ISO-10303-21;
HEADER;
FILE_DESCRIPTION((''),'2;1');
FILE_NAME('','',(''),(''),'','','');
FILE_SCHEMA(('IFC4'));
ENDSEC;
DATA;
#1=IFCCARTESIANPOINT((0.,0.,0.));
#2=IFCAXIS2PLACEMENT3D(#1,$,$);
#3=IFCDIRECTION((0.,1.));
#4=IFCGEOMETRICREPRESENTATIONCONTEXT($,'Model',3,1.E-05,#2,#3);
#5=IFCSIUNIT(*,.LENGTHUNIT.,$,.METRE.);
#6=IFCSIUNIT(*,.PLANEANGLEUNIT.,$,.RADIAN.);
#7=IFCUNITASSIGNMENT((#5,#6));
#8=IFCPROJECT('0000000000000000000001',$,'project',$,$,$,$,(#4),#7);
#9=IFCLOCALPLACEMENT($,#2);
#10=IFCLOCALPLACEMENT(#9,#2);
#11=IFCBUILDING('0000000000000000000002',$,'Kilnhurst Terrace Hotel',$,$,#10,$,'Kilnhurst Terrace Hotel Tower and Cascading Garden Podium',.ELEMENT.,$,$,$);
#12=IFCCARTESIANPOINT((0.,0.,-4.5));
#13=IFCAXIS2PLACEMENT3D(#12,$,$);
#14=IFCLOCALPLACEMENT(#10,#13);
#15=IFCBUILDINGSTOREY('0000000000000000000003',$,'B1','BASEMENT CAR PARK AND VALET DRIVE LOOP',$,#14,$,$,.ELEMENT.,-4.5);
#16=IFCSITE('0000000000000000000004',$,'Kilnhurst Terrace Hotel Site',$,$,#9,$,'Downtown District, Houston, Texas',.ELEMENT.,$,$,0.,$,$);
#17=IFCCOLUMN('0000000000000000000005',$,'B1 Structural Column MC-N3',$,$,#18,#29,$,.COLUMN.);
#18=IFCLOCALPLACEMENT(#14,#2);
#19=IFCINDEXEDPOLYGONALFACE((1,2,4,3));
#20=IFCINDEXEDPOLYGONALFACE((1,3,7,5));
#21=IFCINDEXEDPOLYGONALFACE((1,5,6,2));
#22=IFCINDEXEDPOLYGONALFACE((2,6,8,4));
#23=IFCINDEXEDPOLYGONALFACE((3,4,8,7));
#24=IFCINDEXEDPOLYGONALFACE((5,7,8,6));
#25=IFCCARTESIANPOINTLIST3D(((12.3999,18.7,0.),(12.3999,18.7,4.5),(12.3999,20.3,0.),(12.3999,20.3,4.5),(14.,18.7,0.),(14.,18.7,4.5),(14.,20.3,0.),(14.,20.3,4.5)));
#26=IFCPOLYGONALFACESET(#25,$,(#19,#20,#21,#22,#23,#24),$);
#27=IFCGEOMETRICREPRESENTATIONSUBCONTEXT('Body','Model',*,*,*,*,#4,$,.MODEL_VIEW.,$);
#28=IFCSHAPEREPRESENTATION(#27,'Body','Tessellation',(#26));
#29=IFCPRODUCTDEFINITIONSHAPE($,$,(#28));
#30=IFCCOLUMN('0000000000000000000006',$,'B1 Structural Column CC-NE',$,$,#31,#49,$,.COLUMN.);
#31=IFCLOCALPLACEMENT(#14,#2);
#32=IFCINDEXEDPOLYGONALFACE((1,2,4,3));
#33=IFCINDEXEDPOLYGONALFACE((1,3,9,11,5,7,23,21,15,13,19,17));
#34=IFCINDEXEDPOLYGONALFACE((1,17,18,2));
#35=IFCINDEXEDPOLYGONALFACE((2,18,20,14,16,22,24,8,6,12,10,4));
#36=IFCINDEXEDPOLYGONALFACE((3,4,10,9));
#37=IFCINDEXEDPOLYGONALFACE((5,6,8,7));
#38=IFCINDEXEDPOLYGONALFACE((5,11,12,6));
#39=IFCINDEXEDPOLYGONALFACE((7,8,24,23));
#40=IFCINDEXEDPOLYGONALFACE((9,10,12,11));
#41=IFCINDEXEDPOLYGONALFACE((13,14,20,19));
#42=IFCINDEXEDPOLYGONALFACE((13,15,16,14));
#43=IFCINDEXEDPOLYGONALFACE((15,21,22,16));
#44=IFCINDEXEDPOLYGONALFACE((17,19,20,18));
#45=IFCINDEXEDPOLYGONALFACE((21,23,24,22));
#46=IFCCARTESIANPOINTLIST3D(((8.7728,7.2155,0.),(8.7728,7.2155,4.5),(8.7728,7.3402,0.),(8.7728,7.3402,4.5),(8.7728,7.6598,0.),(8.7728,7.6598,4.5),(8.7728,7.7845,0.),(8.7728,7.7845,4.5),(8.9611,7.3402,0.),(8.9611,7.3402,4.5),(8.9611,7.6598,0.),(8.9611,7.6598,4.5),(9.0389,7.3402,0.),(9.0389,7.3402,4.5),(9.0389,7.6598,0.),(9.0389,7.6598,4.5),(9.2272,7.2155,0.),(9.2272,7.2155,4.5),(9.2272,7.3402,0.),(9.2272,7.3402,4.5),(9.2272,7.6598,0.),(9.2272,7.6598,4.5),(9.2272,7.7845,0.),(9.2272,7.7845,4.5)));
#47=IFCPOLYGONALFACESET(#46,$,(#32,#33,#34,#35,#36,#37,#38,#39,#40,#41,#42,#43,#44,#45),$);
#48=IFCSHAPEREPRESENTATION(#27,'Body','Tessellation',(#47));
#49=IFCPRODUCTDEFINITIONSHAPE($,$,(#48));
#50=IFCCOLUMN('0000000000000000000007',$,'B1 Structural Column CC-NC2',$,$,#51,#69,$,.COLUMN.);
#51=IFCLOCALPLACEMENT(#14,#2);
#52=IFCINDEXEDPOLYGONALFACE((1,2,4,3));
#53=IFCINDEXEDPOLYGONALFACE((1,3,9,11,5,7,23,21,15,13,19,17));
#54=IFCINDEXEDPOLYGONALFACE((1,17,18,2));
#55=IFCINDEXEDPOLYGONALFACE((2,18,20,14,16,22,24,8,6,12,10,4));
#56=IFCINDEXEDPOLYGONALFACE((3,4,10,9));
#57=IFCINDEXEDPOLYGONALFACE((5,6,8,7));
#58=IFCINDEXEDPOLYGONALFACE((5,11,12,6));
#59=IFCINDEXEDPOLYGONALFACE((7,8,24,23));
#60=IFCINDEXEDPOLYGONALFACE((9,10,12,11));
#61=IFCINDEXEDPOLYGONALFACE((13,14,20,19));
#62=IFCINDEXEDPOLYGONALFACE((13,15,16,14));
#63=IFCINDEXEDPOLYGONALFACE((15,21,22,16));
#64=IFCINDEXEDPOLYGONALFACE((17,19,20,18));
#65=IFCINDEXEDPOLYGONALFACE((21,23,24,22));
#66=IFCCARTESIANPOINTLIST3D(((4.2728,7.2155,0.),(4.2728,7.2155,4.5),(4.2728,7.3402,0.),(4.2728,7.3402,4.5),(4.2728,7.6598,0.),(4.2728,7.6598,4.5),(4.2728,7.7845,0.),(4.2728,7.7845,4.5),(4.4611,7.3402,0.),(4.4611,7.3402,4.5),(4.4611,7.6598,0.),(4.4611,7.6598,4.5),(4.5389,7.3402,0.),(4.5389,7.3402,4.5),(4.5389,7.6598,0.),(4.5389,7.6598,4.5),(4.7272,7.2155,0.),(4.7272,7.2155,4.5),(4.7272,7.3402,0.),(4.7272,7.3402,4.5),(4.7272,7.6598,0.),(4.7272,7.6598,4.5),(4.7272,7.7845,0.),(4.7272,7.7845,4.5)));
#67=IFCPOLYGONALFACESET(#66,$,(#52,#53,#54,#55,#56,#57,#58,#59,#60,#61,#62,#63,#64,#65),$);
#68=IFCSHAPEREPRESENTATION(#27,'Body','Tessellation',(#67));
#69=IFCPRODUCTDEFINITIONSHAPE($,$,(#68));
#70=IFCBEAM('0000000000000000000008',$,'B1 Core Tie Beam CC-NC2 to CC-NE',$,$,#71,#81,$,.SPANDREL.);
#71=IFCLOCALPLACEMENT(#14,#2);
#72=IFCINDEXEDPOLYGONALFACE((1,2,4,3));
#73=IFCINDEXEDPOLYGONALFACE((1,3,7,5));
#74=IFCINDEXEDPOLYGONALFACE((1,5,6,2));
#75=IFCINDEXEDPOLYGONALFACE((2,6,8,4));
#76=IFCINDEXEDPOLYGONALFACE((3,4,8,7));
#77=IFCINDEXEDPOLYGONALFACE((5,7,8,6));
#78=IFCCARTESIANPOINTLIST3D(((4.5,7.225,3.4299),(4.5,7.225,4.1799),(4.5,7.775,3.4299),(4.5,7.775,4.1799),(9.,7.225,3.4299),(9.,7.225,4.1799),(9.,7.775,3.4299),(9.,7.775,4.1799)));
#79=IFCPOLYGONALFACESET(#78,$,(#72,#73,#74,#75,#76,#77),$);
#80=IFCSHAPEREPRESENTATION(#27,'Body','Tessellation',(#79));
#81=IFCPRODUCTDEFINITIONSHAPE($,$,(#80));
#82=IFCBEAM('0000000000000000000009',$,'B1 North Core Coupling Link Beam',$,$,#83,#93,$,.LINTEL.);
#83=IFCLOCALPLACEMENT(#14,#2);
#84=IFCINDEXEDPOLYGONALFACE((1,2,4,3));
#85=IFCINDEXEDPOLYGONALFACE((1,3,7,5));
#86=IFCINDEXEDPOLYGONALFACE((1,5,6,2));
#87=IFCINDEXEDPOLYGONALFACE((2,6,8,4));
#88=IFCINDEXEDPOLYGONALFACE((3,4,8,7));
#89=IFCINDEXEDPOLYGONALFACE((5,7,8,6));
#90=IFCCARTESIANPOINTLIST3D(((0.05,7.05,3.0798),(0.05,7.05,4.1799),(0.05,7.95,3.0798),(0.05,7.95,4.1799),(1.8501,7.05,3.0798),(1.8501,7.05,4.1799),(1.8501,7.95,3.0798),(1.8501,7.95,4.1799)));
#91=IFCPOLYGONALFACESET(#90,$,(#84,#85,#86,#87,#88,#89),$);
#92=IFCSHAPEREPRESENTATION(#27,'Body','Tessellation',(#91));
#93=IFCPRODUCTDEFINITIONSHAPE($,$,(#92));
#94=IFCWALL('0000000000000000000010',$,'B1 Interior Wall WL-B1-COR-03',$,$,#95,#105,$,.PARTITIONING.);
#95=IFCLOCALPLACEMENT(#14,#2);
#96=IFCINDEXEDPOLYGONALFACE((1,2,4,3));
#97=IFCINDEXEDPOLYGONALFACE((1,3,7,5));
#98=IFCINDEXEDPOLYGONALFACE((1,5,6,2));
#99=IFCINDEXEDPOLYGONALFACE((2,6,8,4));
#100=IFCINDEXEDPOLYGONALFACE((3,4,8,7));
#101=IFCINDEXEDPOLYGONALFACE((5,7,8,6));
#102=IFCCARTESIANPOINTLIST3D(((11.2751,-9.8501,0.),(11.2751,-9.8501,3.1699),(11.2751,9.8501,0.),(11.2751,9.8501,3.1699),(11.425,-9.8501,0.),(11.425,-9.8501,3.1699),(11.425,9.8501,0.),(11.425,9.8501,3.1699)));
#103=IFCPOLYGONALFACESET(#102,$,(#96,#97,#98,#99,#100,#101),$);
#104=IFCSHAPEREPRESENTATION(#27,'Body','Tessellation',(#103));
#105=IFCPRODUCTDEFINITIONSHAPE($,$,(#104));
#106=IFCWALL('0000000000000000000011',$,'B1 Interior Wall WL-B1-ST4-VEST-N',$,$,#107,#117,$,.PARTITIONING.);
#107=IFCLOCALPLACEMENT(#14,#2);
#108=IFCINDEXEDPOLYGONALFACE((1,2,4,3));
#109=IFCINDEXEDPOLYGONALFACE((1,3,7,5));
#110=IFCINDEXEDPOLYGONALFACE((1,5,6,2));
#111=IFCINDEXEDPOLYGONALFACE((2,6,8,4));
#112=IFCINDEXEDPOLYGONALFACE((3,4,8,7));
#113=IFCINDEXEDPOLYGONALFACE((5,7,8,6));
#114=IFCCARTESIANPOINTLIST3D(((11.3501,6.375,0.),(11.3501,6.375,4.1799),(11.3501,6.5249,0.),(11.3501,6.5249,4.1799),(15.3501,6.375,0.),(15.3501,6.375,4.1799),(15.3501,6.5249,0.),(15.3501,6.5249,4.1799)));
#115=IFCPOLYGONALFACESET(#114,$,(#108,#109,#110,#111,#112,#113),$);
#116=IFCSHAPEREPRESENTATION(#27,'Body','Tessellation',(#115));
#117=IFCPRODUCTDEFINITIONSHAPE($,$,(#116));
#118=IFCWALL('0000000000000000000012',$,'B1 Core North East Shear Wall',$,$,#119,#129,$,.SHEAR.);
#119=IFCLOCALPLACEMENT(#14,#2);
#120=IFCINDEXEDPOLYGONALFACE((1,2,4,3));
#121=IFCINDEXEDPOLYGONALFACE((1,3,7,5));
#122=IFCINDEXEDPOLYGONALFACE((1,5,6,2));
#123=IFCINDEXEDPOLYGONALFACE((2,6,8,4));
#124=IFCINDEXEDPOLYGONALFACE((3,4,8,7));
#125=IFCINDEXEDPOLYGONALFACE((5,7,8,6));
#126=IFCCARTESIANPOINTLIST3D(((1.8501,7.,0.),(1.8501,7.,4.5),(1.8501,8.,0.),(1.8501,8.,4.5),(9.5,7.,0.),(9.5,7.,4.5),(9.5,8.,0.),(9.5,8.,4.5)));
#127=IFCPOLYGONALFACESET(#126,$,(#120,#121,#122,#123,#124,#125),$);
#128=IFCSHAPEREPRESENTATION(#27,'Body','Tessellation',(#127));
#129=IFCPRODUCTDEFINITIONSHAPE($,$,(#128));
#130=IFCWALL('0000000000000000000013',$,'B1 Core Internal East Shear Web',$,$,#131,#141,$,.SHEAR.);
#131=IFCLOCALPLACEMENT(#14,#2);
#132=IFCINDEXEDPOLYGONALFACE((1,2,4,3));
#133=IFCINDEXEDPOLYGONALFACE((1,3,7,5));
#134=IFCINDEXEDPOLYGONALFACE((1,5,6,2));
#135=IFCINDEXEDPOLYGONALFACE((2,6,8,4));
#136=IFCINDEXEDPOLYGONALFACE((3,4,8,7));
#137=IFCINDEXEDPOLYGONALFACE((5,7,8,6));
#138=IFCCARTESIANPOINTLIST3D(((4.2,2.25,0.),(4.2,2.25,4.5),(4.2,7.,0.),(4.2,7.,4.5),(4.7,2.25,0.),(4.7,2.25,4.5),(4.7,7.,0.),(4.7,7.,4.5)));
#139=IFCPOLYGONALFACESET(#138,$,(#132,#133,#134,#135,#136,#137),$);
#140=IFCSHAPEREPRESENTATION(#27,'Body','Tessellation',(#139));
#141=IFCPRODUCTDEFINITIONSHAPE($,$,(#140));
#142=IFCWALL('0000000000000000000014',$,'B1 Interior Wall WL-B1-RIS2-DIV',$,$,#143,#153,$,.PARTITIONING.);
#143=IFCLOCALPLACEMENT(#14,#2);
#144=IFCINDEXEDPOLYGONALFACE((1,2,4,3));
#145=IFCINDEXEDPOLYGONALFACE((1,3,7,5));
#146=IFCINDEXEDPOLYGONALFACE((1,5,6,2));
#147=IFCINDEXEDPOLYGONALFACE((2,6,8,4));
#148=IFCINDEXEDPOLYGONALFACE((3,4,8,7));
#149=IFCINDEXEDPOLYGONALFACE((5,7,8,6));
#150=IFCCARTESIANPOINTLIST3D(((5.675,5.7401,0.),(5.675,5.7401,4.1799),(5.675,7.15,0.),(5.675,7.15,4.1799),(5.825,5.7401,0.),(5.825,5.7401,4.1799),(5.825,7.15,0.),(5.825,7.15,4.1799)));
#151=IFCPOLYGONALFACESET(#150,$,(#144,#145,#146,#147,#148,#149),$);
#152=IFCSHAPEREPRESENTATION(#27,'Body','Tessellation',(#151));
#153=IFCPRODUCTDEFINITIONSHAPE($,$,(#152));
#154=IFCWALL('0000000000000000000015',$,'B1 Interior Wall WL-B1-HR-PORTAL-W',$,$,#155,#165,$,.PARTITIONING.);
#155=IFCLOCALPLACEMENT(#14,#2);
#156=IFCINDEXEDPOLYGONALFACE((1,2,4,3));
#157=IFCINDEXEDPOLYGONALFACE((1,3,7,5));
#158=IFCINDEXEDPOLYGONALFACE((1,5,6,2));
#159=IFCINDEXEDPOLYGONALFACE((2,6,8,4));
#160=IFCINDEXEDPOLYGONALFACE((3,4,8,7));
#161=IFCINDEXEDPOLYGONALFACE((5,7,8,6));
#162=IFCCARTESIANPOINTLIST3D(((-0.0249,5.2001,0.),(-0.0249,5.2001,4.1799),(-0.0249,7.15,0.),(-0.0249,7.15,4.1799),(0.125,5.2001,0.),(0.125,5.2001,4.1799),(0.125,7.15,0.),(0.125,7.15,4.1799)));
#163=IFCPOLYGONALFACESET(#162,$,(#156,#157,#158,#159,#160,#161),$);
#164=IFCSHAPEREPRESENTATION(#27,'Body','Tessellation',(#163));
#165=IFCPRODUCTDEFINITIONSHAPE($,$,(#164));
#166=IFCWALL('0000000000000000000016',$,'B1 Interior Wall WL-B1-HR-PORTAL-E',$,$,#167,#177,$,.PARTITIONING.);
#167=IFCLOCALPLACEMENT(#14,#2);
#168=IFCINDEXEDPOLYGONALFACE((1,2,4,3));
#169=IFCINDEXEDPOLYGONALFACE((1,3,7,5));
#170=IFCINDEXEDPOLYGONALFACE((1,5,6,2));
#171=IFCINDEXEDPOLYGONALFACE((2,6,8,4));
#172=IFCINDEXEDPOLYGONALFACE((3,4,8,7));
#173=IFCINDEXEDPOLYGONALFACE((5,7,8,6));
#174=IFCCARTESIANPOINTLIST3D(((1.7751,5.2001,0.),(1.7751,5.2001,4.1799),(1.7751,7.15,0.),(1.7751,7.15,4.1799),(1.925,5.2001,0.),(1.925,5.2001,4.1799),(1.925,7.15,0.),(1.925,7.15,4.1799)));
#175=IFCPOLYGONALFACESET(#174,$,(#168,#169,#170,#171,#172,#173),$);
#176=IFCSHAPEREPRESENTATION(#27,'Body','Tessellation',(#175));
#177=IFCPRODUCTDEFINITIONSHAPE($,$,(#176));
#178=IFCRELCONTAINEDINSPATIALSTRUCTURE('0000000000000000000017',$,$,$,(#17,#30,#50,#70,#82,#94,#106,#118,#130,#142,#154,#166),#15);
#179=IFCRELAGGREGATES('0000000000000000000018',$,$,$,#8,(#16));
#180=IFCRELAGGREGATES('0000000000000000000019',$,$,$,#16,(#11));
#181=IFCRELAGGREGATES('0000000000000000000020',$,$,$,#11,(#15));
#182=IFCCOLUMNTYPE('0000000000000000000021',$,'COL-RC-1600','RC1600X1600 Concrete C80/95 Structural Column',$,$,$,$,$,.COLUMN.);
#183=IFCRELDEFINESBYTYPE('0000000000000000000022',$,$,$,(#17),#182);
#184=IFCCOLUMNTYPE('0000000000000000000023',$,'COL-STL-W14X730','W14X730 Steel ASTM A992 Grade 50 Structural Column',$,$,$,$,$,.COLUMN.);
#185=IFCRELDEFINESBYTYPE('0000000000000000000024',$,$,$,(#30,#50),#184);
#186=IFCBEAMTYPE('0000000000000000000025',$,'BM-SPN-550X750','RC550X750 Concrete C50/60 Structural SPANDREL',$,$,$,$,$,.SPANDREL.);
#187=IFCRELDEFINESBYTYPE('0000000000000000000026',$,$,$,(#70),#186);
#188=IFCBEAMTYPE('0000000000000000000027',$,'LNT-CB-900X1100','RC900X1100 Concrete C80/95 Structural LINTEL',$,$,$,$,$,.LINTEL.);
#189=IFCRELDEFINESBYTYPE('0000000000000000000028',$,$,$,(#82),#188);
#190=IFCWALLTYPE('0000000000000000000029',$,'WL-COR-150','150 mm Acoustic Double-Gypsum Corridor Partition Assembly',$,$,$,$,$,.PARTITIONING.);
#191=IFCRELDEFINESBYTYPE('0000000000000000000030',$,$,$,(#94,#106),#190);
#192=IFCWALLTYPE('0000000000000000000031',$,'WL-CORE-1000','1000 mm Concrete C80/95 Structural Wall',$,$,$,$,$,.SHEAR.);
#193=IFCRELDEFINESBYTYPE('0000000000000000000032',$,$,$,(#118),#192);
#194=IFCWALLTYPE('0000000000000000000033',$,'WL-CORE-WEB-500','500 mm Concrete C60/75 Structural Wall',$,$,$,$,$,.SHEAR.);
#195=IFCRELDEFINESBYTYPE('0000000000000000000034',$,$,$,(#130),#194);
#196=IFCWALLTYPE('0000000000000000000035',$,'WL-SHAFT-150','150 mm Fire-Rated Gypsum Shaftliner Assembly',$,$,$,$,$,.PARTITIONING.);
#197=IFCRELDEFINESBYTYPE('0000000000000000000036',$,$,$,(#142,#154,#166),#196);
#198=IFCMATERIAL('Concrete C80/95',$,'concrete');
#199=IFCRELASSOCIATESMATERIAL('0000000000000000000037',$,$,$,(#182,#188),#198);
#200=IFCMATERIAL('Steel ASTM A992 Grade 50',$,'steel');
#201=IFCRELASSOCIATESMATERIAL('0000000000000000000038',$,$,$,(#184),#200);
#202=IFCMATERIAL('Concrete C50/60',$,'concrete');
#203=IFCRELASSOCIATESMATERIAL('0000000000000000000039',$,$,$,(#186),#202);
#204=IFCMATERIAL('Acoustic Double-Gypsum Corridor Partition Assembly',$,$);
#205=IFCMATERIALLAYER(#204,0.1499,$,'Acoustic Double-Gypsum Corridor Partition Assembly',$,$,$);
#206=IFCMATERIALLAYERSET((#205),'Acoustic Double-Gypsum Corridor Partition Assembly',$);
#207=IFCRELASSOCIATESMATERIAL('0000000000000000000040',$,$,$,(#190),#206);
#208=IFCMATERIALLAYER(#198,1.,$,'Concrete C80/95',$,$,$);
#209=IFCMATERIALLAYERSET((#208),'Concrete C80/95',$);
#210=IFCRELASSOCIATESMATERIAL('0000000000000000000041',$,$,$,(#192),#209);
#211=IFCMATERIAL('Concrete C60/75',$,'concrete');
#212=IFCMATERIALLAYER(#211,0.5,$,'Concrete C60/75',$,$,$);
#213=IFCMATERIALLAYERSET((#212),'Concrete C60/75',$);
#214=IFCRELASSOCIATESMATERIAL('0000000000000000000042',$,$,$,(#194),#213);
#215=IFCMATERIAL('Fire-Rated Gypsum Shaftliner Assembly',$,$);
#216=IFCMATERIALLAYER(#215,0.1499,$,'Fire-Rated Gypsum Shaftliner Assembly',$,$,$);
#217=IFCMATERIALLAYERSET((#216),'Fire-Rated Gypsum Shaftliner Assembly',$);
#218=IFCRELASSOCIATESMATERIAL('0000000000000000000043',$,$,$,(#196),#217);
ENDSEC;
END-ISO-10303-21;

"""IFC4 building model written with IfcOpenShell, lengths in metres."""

from ifc_helpers import new_model, si_unit, direction, frame, frame_2d, origin, origin_2d, place, context, subcontext, project, spatial, rectangle, i_section, extrude, material, layer, layer_set, material_profile, profile_set, type_object, element, save


model = new_model("IFC4")

# Units and contexts
model_context = context("Model", 3, precision=1e-05, world=origin(), true_north=direction((0.0, 1.0)))
body_context = subcontext(model_context, "Body", "Model", "MODEL_VIEW")
ifc_project = project(units=[si_unit("LENGTHUNIT", "METRE"), si_unit("PLANEANGLEUNIT", "RADIAN")], contexts=[model_context])

# Site, building, storey
site_placement = place(None, origin())
site = spatial("IfcSite", under=ifc_project, at=site_placement, Name="Kilnhurst Terrace Hotel Site", LongName="Downtown District, Houston, Texas", CompositionType="ELEMENT", RefElevation=0.0)
building_placement = place(site_placement, origin())
building = spatial("IfcBuilding", under=site, at=building_placement, Name="Kilnhurst Terrace Hotel", LongName="Kilnhurst Terrace Hotel Tower and Cascading Garden Podium", CompositionType="ELEMENT")
storey_placement = place(building_placement, frame((0.0, 0.0, -4.5)))
storey = spatial("IfcBuildingStorey", under=building, at=storey_placement, Name="B1", Description="BASEMENT CAR PARK AND VALET DRIVE LOOP", CompositionType="ELEMENT", Elevation=-4.5)

# Columns
ifc_material_1 = material(Name="Concrete C80/95", Category="concrete")
ifc_material_profile_1 = material_profile(ifc_material_1, rectangle(XDim=1.6001, YDim=1.6001, at=origin_2d()), Name="RC1600X1600")
ifc_profile_set_1 = profile_set([ifc_material_profile_1], Name="Concrete C80/95")
column_type_1 = type_object("IfcColumnType", Name="COL-RC-1600", Description="RC1600X1600 Concrete C80/95 Structural Column", PredefinedType="COLUMN", material=ifc_profile_set_1)
column_placement = place(storey_placement, frame((13.2, 19.5, 0.0), z_axis=(0.0, 0.0, 1.0), x_axis=(1.0, 0.0, 0.0)))
element("IfcColumn", 1, at=column_placement, inside=storey, type_object=column_type_1, Name="B1 Structural Column MC-N3", PredefinedType="COLUMN", context=body_context, shape_type="SweptSolid", body=[
    extrude(rectangle(XDim=1.6001, YDim=1.6001, at=origin_2d()), origin(), (0.0, 0.0, 1.0), 4.5),
])
ifc_material_2 = material(Name="Steel ASTM A992 Grade 50", Category="steel")
ifc_material_profile_2 = material_profile(ifc_material_2, i_section(OverallWidth=0.4543, OverallDepth=0.5691, WebThickness=0.0779, FlangeThickness=0.1248, at=origin_2d()), Name="W14X730")
ifc_profile_set_2 = profile_set([ifc_material_profile_2], Name="Steel ASTM A992 Grade 50")
column_type_2 = type_object("IfcColumnType", Name="COL-STL-W14X730", Description="W14X730 Steel ASTM A992 Grade 50 Structural Column", PredefinedType="COLUMN", material=ifc_profile_set_2)
for number, where, z_axis, x_axis, name in (
    (2, (9.0, 7.5, 0.0), (0.0, 0.0, 1.0), (1.0, 0.0, 0.0), "B1 Structural Column CC-NE"),
    (3, (4.5, 7.5, 0.0), (0.0, 0.0, 1.0), (1.0, 0.0, 0.0), "B1 Structural Column CC-NC2"),
):
    element("IfcColumn", number, at=place(storey_placement, frame(where, z_axis=z_axis, x_axis=x_axis)), inside=storey, type_object=column_type_2, Name=name, PredefinedType="COLUMN", context=body_context, shape_type="SweptSolid", body=[
        extrude(i_section(OverallWidth=0.4543, OverallDepth=0.5691, WebThickness=0.0779, FlangeThickness=0.1248, at=origin_2d()), origin(), (0.0, 0.0, 1.0), 4.5),
    ])

# Beams
ifc_material_3 = material(Name="Concrete C50/60", Category="concrete")
ifc_material_profile_3 = material_profile(ifc_material_3, rectangle(XDim=0.55, YDim=0.75, at=origin_2d()), Name="RC550X750")
ifc_profile_set_3 = profile_set([ifc_material_profile_3], Name="Concrete C50/60")
beam_type_1 = type_object("IfcBeamType", Name="BM-SPN-550X750", Description="RC550X750 Concrete C50/60 Structural SPANDREL", PredefinedType="SPANDREL", material=ifc_profile_set_3)
beam_1_placement = place(storey_placement, frame((4.5, 7.5, 3.8049), z_axis=(1.0, 0.0, 0.0), x_axis=(0.0, 1.0, 0.0)))
element("IfcBeam", 4, at=beam_1_placement, inside=storey, type_object=beam_type_1, Name="B1 Core Tie Beam CC-NC2 to CC-NE", PredefinedType="SPANDREL", context=body_context, shape_type="SweptSolid", body=[
    extrude(rectangle(XDim=0.55, YDim=0.75, at=origin_2d()), origin(), (0.0, 0.0, 1.0), 4.5),
])
ifc_material_profile_4 = material_profile(ifc_material_1, rectangle(XDim=0.8999, YDim=1.1001, at=origin_2d()), Name="RC900X1100")
ifc_profile_set_4 = profile_set([ifc_material_profile_4], Name="Concrete C80/95")
beam_type_2 = type_object("IfcBeamType", Name="LNT-CB-900X1100", Description="RC900X1100 Concrete C80/95 Structural LINTEL", PredefinedType="LINTEL", material=ifc_profile_set_4)
beam_2_placement = place(storey_placement, frame((0.05, 7.5, 3.6299), z_axis=(1.0, 0.0, 0.0), x_axis=(0.0, 1.0, 0.0)))
element("IfcBeam", 5, at=beam_2_placement, inside=storey, type_object=beam_type_2, Name="B1 North Core Coupling Link Beam", PredefinedType="LINTEL", context=body_context, shape_type="SweptSolid", body=[
    extrude(rectangle(XDim=0.8999, YDim=1.1001, at=origin_2d()), origin(), (0.0, 0.0, 1.0), 1.8),
])

# Walls
ifc_material_4 = material(Name="Acoustic Double-Gypsum Corridor Partition Assembly")
ifc_layer_1 = layer(ifc_material_4, 0.1499, Name="Acoustic Double-Gypsum Corridor Partition Assembly")
ifc_layer_set_1 = layer_set([ifc_layer_1], Name="Acoustic Double-Gypsum Corridor Partition Assembly")
wall_type_1 = type_object("IfcWallType", Name="WL-COR-150", Description="150 mm Acoustic Double-Gypsum Corridor Partition Assembly", PredefinedType="PARTITIONING", material=ifc_layer_set_1)
wall_1_placement = place(storey_placement, frame((11.3501, 9.8501, 0.0), z_axis=(0.0, 0.0, 1.0), x_axis=(0.0, -1.0, 0.0)))
element("IfcWall", 6, at=wall_1_placement, inside=storey, type_object=wall_type_1, Name="B1 Interior Wall WL-B1-COR-03", PredefinedType="PARTITIONING", context=body_context, shape_type="SweptSolid", body=[
    extrude(rectangle(XDim=19.7002, YDim=0.1499, at=frame_2d((9.8501, 0.0))), origin(), (0.0, 0.0, 1.0), 3.1699),
])
wall_2_placement = place(storey_placement, frame((11.3501, 6.45, 0.0), z_axis=(0.0, 0.0, 1.0), x_axis=(1.0, 0.0, 0.0)))
element("IfcWall", 7, at=wall_2_placement, inside=storey, type_object=wall_type_1, Name="B1 Interior Wall WL-B1-ST4-VEST-N", PredefinedType="PARTITIONING", context=body_context, shape_type="SweptSolid", body=[
    extrude(rectangle(XDim=4.0, YDim=0.1499, at=frame_2d((2.0, 0.0))), origin(), (0.0, 0.0, 1.0), 4.1799),
])
ifc_layer_2 = layer(ifc_material_1, 1.0, Name="Concrete C80/95")
ifc_layer_set_2 = layer_set([ifc_layer_2], Name="Concrete C80/95")
wall_type_2 = type_object("IfcWallType", Name="WL-CORE-1000", Description="1000 mm Concrete C80/95 Structural Wall", PredefinedType="SHEAR", material=ifc_layer_set_2)
wall_3_placement = place(storey_placement, frame((1.8501, 7.5, 0.0), z_axis=(0.0, 0.0, 1.0), x_axis=(1.0, 0.0, 0.0)))
element("IfcWall", 8, at=wall_3_placement, inside=storey, type_object=wall_type_2, Name="B1 Core North East Shear Wall", PredefinedType="SHEAR", context=body_context, shape_type="SweptSolid", body=[
    extrude(rectangle(XDim=7.6499, YDim=1.0, at=frame_2d((3.825, 0.0))), origin(), (0.0, 0.0, 1.0), 4.5),
])
ifc_material_5 = material(Name="Concrete C60/75", Category="concrete")
ifc_layer_3 = layer(ifc_material_5, 0.5, Name="Concrete C60/75")
ifc_layer_set_3 = layer_set([ifc_layer_3], Name="Concrete C60/75")
wall_type_3 = type_object("IfcWallType", Name="WL-CORE-WEB-500", Description="500 mm Concrete C60/75 Structural Wall", PredefinedType="SHEAR", material=ifc_layer_set_3)
wall_4_placement = place(storey_placement, frame((4.45, 2.25, 0.0), z_axis=(0.0, 0.0, 1.0), x_axis=(0.0, 1.0, 0.0)))
element("IfcWall", 9, at=wall_4_placement, inside=storey, type_object=wall_type_3, Name="B1 Core Internal East Shear Web", PredefinedType="SHEAR", context=body_context, shape_type="SweptSolid", body=[
    extrude(rectangle(XDim=4.75, YDim=0.5, at=frame_2d((2.375, 0.0))), origin(), (0.0, 0.0, 1.0), 4.5),
])
ifc_material_6 = material(Name="Fire-Rated Gypsum Shaftliner Assembly")
ifc_layer_4 = layer(ifc_material_6, 0.1499, Name="Fire-Rated Gypsum Shaftliner Assembly")
ifc_layer_set_4 = layer_set([ifc_layer_4], Name="Fire-Rated Gypsum Shaftliner Assembly")
wall_type_4 = type_object("IfcWallType", Name="WL-SHAFT-150", Description="150 mm Fire-Rated Gypsum Shaftliner Assembly", PredefinedType="PARTITIONING", material=ifc_layer_set_4)
wall_5_placement = place(storey_placement, frame((5.75, 5.74, 0.0), z_axis=(0.0, 0.0, 1.0), x_axis=(0.0, 1.0, 0.0)))
element("IfcWall", 10, at=wall_5_placement, inside=storey, type_object=wall_type_4, Name="B1 Interior Wall WL-B1-RIS2-DIV", PredefinedType="PARTITIONING", context=body_context, shape_type="SweptSolid", body=[
    extrude(rectangle(XDim=1.4099, YDim=0.1499, at=frame_2d((0.7051, 0.0))), origin(), (0.0, 0.0, 1.0), 4.1799),
])
for number, where, z_axis, x_axis, name in (
    (11, (0.05, 5.2, 0.0), (0.0, 0.0, 1.0), (0.0, 1.0, 0.0), "B1 Interior Wall WL-B1-HR-PORTAL-W"),
    (12, (1.8501, 5.2, 0.0), (0.0, 0.0, 1.0), (0.0, 1.0, 0.0), "B1 Interior Wall WL-B1-HR-PORTAL-E"),
):
    element("IfcWall", number, at=place(storey_placement, frame(where, z_axis=z_axis, x_axis=x_axis)), inside=storey, type_object=wall_type_4, Name=name, PredefinedType="PARTITIONING", context=body_context, shape_type="SweptSolid", body=[
        extrude(rectangle(XDim=1.95, YDim=0.1499, at=frame_2d((0.9751, 0.0))), origin(), (0.0, 0.0, 1.0), 4.1799),
    ])

save(model, "model.ifc")
